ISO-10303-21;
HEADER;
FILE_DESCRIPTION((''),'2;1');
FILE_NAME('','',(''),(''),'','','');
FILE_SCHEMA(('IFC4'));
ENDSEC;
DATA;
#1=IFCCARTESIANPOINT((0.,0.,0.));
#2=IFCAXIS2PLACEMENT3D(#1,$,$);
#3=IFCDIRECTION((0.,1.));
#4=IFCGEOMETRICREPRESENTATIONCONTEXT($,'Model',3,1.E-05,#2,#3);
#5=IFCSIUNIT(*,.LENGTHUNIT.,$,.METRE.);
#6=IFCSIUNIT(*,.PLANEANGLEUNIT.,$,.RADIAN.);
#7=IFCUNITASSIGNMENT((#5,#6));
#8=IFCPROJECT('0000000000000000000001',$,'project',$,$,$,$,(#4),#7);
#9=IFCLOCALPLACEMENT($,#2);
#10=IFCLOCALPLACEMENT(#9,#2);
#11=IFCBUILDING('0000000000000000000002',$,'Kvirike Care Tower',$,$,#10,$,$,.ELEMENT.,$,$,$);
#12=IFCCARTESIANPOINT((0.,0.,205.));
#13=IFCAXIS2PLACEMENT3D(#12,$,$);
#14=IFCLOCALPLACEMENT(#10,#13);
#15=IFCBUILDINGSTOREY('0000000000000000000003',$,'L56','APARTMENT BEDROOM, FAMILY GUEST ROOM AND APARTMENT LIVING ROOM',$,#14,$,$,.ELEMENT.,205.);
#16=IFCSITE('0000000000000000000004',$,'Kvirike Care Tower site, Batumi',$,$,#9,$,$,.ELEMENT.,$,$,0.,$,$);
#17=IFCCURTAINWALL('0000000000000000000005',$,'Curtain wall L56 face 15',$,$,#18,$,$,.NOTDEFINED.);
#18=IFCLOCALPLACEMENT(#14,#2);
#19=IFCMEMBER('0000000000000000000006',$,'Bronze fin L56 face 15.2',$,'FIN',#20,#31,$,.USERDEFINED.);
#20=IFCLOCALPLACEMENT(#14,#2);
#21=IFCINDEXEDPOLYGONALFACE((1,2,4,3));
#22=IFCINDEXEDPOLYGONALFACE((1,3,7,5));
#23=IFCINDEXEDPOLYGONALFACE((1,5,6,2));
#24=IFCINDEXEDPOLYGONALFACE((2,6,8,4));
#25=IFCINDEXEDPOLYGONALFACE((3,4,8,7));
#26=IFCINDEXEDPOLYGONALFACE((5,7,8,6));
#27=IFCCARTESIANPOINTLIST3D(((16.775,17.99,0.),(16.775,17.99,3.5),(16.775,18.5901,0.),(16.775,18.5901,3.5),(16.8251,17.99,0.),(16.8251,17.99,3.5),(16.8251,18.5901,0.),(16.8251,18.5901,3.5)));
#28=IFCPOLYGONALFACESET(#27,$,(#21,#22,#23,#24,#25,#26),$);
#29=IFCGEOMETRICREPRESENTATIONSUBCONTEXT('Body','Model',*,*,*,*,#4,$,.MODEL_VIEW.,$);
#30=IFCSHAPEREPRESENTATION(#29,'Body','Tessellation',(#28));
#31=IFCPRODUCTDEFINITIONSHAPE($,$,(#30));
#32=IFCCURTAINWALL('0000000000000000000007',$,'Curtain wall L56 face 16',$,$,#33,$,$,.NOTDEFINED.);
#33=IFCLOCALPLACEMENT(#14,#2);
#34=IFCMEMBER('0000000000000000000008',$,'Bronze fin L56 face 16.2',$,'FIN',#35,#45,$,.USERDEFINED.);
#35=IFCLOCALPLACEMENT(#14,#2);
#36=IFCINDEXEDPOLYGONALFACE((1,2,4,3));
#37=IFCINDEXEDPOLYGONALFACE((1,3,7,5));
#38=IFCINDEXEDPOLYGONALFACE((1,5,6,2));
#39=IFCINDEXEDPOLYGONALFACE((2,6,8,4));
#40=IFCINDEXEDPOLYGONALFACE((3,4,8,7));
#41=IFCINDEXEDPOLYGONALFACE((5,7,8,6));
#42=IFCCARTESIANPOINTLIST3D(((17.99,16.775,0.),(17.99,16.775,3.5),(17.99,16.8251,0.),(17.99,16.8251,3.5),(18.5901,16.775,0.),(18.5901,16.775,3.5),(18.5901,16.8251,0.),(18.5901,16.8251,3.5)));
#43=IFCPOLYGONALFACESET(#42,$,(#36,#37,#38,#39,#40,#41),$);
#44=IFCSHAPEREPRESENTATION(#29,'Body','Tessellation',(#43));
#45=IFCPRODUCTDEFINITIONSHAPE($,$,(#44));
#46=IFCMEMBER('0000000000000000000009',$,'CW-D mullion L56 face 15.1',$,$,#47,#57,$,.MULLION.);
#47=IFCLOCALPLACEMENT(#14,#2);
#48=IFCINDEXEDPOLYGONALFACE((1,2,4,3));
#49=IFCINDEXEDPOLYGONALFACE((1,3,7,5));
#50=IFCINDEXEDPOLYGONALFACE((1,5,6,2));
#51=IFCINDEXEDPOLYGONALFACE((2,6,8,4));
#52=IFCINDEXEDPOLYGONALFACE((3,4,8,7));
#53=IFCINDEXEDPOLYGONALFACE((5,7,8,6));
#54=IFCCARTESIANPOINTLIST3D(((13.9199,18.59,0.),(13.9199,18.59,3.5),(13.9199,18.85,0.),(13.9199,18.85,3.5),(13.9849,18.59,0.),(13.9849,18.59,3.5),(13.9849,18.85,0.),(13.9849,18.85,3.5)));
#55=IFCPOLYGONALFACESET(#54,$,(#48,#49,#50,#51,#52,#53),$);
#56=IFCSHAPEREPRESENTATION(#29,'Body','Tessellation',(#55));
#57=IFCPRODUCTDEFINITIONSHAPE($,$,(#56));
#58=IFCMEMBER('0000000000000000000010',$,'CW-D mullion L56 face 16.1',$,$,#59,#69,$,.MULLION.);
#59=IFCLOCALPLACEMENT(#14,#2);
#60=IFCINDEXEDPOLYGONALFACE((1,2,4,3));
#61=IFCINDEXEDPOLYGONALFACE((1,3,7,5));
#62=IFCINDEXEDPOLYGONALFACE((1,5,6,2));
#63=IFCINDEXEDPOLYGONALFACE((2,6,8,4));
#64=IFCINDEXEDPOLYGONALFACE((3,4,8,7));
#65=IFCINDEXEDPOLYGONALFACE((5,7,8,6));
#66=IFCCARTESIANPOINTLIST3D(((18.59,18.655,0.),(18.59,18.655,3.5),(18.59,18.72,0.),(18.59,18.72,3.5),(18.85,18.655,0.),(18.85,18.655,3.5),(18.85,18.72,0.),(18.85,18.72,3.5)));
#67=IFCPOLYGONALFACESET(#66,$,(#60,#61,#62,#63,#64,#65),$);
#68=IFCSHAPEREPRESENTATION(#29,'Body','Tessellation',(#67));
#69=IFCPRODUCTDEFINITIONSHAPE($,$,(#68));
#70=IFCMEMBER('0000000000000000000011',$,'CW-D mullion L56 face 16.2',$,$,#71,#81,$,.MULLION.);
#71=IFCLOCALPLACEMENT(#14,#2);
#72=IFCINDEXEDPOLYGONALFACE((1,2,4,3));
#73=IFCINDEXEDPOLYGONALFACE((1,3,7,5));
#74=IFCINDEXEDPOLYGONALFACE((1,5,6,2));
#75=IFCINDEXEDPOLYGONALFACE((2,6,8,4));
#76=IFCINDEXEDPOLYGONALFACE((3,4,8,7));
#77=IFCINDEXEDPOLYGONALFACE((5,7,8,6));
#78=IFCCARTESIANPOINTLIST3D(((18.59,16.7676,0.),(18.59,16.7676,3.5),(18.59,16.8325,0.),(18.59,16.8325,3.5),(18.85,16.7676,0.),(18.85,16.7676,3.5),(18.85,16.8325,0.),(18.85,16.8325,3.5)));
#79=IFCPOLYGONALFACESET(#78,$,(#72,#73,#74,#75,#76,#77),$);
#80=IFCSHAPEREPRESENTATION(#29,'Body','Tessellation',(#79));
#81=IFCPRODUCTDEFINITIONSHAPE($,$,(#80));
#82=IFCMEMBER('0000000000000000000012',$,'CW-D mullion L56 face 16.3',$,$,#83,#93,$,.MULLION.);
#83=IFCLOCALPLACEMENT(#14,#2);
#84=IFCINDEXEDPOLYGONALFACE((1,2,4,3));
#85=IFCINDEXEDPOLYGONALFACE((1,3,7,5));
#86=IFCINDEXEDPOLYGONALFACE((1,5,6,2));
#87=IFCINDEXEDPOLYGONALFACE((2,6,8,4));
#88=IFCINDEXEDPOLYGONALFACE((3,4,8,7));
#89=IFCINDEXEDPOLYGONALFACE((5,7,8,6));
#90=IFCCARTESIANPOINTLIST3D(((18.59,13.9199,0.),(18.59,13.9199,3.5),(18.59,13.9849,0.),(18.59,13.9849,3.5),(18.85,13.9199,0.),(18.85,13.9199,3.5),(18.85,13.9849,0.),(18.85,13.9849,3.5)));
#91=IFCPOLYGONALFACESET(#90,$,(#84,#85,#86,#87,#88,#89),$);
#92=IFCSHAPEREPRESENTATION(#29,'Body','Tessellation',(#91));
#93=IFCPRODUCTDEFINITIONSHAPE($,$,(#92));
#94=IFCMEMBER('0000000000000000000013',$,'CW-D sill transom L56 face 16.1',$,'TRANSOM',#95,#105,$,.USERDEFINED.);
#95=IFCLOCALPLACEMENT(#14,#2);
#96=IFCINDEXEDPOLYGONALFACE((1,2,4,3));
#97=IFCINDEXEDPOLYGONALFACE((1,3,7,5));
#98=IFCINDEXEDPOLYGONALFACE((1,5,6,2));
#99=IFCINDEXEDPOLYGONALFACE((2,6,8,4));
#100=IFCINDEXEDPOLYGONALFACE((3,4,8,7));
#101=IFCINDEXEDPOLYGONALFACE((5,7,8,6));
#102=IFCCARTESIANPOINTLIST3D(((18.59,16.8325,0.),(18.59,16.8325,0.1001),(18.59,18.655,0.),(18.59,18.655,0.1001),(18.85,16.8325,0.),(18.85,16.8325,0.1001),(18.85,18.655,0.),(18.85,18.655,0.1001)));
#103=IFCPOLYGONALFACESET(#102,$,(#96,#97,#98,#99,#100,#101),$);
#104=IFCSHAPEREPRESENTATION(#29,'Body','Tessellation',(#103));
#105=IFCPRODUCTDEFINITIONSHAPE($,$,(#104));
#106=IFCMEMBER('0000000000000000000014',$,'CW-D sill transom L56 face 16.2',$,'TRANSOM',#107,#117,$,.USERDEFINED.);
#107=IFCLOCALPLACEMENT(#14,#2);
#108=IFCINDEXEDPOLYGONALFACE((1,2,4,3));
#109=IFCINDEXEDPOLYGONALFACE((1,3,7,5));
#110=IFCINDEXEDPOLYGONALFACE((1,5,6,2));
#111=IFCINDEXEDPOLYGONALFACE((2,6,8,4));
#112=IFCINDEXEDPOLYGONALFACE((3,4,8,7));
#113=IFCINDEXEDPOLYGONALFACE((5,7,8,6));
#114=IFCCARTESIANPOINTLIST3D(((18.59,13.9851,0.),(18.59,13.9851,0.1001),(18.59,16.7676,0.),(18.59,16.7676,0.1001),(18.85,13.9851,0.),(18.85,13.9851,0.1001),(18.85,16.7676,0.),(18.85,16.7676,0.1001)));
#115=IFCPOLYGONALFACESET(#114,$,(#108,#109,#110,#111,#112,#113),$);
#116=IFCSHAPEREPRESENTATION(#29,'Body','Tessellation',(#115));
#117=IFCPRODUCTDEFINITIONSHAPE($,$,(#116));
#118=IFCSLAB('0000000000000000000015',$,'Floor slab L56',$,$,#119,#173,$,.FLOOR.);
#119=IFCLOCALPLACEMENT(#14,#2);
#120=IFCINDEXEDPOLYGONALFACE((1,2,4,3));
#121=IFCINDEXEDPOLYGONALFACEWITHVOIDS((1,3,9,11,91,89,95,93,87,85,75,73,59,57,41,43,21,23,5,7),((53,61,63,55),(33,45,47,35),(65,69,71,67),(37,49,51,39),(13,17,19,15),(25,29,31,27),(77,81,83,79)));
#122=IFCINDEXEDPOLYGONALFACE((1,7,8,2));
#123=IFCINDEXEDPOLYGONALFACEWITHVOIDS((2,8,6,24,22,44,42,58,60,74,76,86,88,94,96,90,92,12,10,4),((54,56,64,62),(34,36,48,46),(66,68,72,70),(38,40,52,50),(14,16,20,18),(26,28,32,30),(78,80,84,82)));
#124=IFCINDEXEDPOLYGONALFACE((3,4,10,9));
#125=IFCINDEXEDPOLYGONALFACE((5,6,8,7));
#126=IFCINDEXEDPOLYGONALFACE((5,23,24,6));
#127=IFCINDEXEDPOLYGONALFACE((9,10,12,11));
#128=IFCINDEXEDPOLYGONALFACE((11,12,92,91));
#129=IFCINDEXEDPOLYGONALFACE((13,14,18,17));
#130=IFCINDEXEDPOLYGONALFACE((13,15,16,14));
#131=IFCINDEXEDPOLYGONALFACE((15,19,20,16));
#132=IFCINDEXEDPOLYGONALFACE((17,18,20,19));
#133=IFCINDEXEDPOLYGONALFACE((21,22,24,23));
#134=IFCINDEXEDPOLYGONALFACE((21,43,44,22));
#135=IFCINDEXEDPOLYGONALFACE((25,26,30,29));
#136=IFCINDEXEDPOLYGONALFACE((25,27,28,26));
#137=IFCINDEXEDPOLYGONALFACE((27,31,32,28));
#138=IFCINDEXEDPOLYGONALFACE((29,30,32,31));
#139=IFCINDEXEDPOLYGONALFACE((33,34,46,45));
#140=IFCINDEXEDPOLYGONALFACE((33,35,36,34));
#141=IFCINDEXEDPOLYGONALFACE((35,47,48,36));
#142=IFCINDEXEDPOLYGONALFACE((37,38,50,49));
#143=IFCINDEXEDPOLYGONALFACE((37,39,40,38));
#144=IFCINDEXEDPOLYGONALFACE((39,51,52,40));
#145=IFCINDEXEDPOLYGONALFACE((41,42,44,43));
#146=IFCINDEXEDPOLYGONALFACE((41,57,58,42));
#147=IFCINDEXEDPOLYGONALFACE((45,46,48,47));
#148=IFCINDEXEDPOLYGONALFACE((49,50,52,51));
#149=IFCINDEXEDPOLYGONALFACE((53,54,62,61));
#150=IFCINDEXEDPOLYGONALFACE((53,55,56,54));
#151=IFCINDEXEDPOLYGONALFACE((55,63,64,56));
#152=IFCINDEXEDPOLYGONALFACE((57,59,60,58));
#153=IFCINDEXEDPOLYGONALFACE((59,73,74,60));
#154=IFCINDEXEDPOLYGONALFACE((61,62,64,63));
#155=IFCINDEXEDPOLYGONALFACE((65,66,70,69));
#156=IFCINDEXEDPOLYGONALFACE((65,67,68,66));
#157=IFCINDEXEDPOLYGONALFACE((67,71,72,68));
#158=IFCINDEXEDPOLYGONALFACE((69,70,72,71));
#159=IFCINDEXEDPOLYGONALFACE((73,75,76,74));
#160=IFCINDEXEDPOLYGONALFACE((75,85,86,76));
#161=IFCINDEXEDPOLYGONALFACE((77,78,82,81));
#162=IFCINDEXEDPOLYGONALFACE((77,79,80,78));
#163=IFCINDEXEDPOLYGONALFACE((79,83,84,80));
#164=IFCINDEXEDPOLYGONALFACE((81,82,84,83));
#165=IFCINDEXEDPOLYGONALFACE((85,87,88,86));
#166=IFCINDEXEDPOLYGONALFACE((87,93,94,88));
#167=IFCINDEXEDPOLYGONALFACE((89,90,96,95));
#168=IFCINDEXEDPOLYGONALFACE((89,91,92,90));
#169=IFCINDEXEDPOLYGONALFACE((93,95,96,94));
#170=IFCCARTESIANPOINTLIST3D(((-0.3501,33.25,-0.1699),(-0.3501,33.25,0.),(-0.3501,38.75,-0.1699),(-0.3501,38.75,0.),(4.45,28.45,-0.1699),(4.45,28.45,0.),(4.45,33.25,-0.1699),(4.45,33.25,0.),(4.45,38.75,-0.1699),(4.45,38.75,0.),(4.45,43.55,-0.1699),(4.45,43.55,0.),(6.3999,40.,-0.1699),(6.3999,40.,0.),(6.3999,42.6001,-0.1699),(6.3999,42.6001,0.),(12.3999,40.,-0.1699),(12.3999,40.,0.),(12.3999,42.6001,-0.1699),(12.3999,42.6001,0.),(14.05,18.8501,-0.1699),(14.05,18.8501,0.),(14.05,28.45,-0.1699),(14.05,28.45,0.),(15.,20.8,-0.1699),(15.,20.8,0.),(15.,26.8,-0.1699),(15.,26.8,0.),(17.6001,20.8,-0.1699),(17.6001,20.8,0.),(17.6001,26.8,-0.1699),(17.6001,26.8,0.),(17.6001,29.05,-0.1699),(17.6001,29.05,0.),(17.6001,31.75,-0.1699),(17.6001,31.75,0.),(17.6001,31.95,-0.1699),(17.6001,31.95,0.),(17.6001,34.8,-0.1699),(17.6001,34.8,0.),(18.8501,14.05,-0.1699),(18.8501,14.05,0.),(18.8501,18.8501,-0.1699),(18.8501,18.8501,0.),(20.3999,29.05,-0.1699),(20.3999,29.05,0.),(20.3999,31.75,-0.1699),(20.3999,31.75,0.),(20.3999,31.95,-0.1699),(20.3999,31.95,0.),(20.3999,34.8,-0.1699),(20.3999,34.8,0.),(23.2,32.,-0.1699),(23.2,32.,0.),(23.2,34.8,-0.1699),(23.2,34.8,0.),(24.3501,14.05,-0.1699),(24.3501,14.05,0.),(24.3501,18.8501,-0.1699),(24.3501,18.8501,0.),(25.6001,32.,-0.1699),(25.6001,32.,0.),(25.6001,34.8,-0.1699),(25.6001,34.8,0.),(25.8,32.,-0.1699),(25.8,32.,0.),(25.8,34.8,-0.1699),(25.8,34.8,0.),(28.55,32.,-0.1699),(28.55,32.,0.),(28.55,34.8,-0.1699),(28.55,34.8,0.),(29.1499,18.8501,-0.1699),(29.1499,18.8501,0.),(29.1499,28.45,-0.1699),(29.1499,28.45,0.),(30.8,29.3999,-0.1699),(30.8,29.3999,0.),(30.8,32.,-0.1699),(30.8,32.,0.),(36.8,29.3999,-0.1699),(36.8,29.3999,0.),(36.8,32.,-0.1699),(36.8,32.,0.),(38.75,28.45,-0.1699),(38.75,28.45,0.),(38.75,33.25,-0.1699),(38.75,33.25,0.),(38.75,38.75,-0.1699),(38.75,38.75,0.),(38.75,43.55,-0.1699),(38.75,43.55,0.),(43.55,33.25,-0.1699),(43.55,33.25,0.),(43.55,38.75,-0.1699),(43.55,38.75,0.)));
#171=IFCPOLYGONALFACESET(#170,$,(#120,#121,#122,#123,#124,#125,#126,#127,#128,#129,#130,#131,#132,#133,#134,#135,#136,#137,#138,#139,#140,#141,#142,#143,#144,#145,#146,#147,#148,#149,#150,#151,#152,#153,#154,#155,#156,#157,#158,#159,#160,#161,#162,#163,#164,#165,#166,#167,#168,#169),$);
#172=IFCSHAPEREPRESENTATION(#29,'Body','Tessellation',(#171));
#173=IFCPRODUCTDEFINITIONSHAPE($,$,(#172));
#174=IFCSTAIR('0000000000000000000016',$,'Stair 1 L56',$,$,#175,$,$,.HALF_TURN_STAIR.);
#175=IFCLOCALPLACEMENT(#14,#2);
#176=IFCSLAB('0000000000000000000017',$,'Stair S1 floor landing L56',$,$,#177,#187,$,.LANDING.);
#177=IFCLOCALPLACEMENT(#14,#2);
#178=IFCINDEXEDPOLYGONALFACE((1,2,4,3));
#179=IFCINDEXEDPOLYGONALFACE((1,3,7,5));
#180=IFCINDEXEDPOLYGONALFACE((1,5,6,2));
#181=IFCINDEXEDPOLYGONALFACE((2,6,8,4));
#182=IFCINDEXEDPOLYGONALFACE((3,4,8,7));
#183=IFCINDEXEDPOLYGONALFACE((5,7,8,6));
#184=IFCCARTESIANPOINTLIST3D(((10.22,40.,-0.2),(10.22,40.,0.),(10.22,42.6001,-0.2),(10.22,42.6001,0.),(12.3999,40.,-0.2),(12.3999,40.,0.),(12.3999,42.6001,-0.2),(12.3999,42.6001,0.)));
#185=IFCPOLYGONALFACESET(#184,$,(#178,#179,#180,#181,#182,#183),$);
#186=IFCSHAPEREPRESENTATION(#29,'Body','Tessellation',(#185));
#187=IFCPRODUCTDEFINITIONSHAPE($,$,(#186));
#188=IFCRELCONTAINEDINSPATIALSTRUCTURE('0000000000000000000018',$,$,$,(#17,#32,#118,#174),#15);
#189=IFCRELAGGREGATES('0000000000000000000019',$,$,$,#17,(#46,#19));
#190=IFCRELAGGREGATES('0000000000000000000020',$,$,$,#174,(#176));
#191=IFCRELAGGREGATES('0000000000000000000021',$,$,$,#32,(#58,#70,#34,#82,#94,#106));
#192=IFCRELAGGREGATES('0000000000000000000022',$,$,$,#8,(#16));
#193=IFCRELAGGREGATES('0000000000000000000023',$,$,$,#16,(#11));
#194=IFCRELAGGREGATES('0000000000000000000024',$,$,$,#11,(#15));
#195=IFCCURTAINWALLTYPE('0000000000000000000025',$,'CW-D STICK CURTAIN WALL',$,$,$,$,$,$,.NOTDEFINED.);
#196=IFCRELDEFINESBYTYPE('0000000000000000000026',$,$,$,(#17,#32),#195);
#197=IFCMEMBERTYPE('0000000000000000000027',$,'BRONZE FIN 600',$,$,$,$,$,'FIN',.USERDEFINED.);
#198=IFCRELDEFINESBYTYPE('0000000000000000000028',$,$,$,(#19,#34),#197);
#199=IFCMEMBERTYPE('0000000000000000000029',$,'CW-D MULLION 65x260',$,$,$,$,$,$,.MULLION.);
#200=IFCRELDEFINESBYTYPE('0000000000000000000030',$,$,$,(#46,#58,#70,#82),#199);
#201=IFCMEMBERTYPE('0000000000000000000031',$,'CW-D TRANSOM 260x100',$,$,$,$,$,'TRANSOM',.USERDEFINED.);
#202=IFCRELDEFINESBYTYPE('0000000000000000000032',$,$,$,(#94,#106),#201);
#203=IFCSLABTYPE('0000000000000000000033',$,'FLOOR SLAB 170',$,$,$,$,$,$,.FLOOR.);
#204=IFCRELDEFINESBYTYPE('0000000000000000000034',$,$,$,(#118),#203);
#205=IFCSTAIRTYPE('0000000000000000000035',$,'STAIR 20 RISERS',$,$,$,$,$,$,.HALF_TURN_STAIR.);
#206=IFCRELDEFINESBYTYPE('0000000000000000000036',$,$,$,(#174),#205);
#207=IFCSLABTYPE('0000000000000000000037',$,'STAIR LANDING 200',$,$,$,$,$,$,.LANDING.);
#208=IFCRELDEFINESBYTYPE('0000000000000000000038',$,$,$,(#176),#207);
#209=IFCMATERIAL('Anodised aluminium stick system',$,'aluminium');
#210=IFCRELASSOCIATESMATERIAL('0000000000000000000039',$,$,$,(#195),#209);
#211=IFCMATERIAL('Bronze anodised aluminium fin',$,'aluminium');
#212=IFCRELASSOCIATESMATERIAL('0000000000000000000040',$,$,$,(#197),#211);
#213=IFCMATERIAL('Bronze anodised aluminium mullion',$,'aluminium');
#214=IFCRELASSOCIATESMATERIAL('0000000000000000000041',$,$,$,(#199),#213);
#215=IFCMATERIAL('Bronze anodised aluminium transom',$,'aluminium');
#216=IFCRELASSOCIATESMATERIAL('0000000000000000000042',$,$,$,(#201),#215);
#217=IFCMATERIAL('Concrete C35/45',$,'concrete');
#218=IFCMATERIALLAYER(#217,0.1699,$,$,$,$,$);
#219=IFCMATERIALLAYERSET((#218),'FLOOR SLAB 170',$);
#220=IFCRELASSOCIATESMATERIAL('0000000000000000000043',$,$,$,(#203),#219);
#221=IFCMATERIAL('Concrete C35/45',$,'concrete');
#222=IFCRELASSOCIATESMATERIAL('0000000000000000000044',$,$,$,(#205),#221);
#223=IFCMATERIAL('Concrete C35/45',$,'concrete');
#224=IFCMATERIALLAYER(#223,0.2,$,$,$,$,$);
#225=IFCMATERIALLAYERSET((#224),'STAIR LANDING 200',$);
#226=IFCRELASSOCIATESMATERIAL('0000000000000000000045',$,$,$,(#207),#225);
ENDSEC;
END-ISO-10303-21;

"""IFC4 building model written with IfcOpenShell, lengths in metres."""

from ifc_helpers import new_model, si_unit, direction, frame, origin, origin_2d, place, context, subcontext, project, spatial, polyline, rectangle, outline, extrude, material, layer, layer_set, material_profile, profile_set, type_object, element, aggregate, save


model = new_model("IFC4")

# Units and contexts
model_context = context("Model", 3, precision=1e-05, world=origin(), true_north=direction((0.0, 1.0)))
body_context = subcontext(model_context, "Body", "Model", "MODEL_VIEW")
ifc_project = project(units=[si_unit("LENGTHUNIT", "METRE"), si_unit("PLANEANGLEUNIT", "RADIAN")], contexts=[model_context])

# Site, building, storey
site_placement = place(None, origin())
site = spatial("IfcSite", under=ifc_project, at=site_placement, Name="Kvirike Care Tower site, Batumi", CompositionType="ELEMENT", RefElevation=0.0)
building_placement = place(site_placement, origin())
building = spatial("IfcBuilding", under=site, at=building_placement, Name="Kvirike Care Tower", CompositionType="ELEMENT")
storey_placement = place(building_placement, frame((0.0, 0.0, 205.0)))
storey = spatial("IfcBuildingStorey", under=building, at=storey_placement, Name="L56", Description="APARTMENT BEDROOM, FAMILY GUEST ROOM AND APARTMENT LIVING ROOM", CompositionType="ELEMENT", Elevation=205.0)

# Curtain walls, members
ifc_material_1 = material(Name="Anodised aluminium stick system", Category="aluminium")
curtain_wall_type = type_object("IfcCurtainWallType", Name="CW-D STICK CURTAIN WALL", PredefinedType="NOTDEFINED", material=ifc_material_1)
curtain_wall_1_placement = place(storey_placement, origin())
curtain_wall_1 = element("IfcCurtainWall", 1, at=curtain_wall_1_placement, inside=storey, type_object=curtain_wall_type, Name="Curtain wall L56 face 15", PredefinedType="NOTDEFINED")
ifc_material_2 = material(Name="Bronze anodised aluminium fin", Category="aluminium")
ifc_material_profile_1 = material_profile(ifc_material_2, rectangle(XDim=0.05, YDim=0.6001, at=origin_2d()), Name="BRONZE FIN 600")
ifc_profile_set_1 = profile_set([ifc_material_profile_1], Name="Bronze anodised aluminium fin")
member_type_1 = type_object("IfcMemberType", Name="BRONZE FIN 600", ElementType="FIN", PredefinedType="USERDEFINED", material=ifc_profile_set_1)
member_1_placement = place(storey_placement, frame((16.8, 18.29, 0.0), z_axis=(0.0, 0.0, 1.0), x_axis=(1.0, 0.0, 0.0)))
member_1 = element("IfcMember", 2, at=member_1_placement, type_object=member_type_1, Name="Bronze fin L56 face 15.2", ObjectType="FIN", PredefinedType="USERDEFINED", context=body_context, shape_type="SweptSolid", body=[
    extrude(rectangle(XDim=0.05, YDim=0.6001, at=origin_2d()), origin(), (0.0, 0.0, 1.0), 3.5),
])
curtain_wall_2_placement = place(storey_placement, origin())
curtain_wall_2 = element("IfcCurtainWall", 3, at=curtain_wall_2_placement, inside=storey, type_object=curtain_wall_type, Name="Curtain wall L56 face 16", PredefinedType="NOTDEFINED")
member_2_placement = place(storey_placement, frame((18.29, 16.8, 0.0), z_axis=(0.0, 0.0, 1.0), x_axis=(0.0, -1.0, 0.0)))
member_2 = element("IfcMember", 4, at=member_2_placement, type_object=member_type_1, Name="Bronze fin L56 face 16.2", ObjectType="FIN", PredefinedType="USERDEFINED", context=body_context, shape_type="SweptSolid", body=[
    extrude(rectangle(XDim=0.05, YDim=0.6001, at=origin_2d()), origin(), (0.0, 0.0, 1.0), 3.5),
])

# Members
ifc_material_3 = material(Name="Bronze anodised aluminium mullion", Category="aluminium")
ifc_material_profile_2 = material_profile(ifc_material_3, rectangle(XDim=0.0649, YDim=0.26, at=origin_2d()), Name="CW-D MULLION 65x260")
ifc_profile_set_2 = profile_set([ifc_material_profile_2], Name="Bronze anodised aluminium mullion")
member_type_2 = type_object("IfcMemberType", Name="CW-D MULLION 65x260", PredefinedType="MULLION", material=ifc_profile_set_2)
member_3_placement = place(storey_placement, frame((13.9524, 18.72, 0.0), z_axis=(0.0, 0.0, 1.0), x_axis=(1.0, 0.0, 0.0)))
member_3 = element("IfcMember", 5, at=member_3_placement, type_object=member_type_2, Name="CW-D mullion L56 face 15.1", PredefinedType="MULLION", context=body_context, shape_type="SweptSolid", body=[
    extrude(rectangle(XDim=0.0649, YDim=0.26, at=origin_2d()), origin(), (0.0, 0.0, 1.0), 3.5),
])
aggregate(curtain_wall_1, [member_3, member_1])
member_4_placement = place(storey_placement, frame((18.72, 18.6875, 0.0), z_axis=(0.0, 0.0, 1.0), x_axis=(0.0, -1.0, 0.0)))
member_4 = element("IfcMember", 6, at=member_4_placement, type_object=member_type_2, Name="CW-D mullion L56 face 16.1", PredefinedType="MULLION", context=body_context, shape_type="SweptSolid", body=[
    extrude(rectangle(XDim=0.0649, YDim=0.26, at=origin_2d()), origin(), (0.0, 0.0, 1.0), 3.5),
])
member_5_placement = place(storey_placement, frame((18.72, 16.8, 0.0), z_axis=(0.0, 0.0, 1.0), x_axis=(0.0, -1.0, 0.0)))
member_5 = element("IfcMember", 7, at=member_5_placement, type_object=member_type_2, Name="CW-D mullion L56 face 16.2", PredefinedType="MULLION", context=body_context, shape_type="SweptSolid", body=[
    extrude(rectangle(XDim=0.0649, YDim=0.26, at=origin_2d()), origin(), (0.0, 0.0, 1.0), 3.5),
])
member_6_placement = place(storey_placement, frame((18.72, 13.9524, 0.0), z_axis=(0.0, 0.0, 1.0), x_axis=(0.0, -1.0, 0.0)))
member_6 = element("IfcMember", 8, at=member_6_placement, type_object=member_type_2, Name="CW-D mullion L56 face 16.3", PredefinedType="MULLION", context=body_context, shape_type="SweptSolid", body=[
    extrude(rectangle(XDim=0.0649, YDim=0.26, at=origin_2d()), origin(), (0.0, 0.0, 1.0), 3.5),
])
ifc_material_4 = material(Name="Bronze anodised aluminium transom", Category="aluminium")
ifc_material_profile_3 = material_profile(ifc_material_4, rectangle(XDim=0.26, YDim=0.1001, at=origin_2d()), Name="CW-D TRANSOM 260x100")
ifc_profile_set_3 = profile_set([ifc_material_profile_3], Name="Bronze anodised aluminium transom")
member_type_3 = type_object("IfcMemberType", Name="CW-D TRANSOM 260x100", ElementType="TRANSOM", PredefinedType="USERDEFINED", material=ifc_profile_set_3)
member_7_placement = place(storey_placement, frame((18.72, 18.655, 0.05), z_axis=(0.0, -1.0, 0.0), x_axis=(1.0, 0.0, 0.0)))
member_7 = element("IfcMember", 9, at=member_7_placement, type_object=member_type_3, Name="CW-D sill transom L56 face 16.1", ObjectType="TRANSOM", PredefinedType="USERDEFINED", context=body_context, shape_type="SweptSolid", body=[
    extrude(rectangle(XDim=0.26, YDim=0.1001, at=origin_2d()), origin(), (0.0, 0.0, 1.0), 1.8225),
])
member_8_placement = place(storey_placement, frame((18.72, 16.7676, 0.05), z_axis=(0.0, -1.0, 0.0), x_axis=(1.0, 0.0, 0.0)))
member_8 = element("IfcMember", 10, at=member_8_placement, type_object=member_type_3, Name="CW-D sill transom L56 face 16.2", ObjectType="TRANSOM", PredefinedType="USERDEFINED", context=body_context, shape_type="SweptSolid", body=[
    extrude(rectangle(XDim=0.26, YDim=0.1001, at=origin_2d()), origin(), (0.0, 0.0, 1.0), 2.7825),
])

# Slab
ifc_material_5 = material(Name="Concrete C35/45", Category="concrete")
ifc_layer_1 = layer(ifc_material_5, 0.1699)
ifc_layer_set_1 = layer_set([ifc_layer_1], Name="FLOOR SLAB 170")
slab_type_1 = type_object("IfcSlabType", Name="FLOOR SLAB 170", PredefinedType="FLOOR", material=ifc_layer_set_1)
slab_1_placement = place(storey_placement, frame((0.0, 0.0, -0.1699)))
element("IfcSlab", 11, at=slab_1_placement, inside=storey, type_object=slab_type_1, Name="Floor slab L56", PredefinedType="FLOOR", context=body_context, shape_type="SweptSolid", body=[
    extrude(outline(polyline([(29.1499, 28.45), (38.75, 28.45), (38.75, 33.25), (43.55, 33.25), (43.55, 38.75), (38.75, 38.75), (38.75, 43.55), (4.45, 43.55), (4.45, 38.75), (-0.3501, 38.75), (-0.3501, 33.25), (4.45, 33.25), (4.45, 28.45), (14.05, 28.45), (14.05, 18.8501), (18.8501, 18.8501), (18.8501, 14.05), (24.3501, 14.05), (24.3501, 18.8501), (29.1499, 18.8501), (29.1499, 28.45)]), holes=[polyline([(17.6001, 29.05), (17.6001, 31.75), (20.3999, 31.75), (20.3999, 29.05), (17.6001, 29.05)]), polyline([(17.6001, 31.95), (17.6001, 34.8), (20.3999, 34.8), (20.3999, 31.95), (17.6001, 31.95)]), polyline([(23.2, 32.0), (23.2, 34.8), (25.6001, 34.8), (25.6001, 32.0), (23.2, 32.0)]), polyline([(25.8, 32.0), (25.8, 34.8), (28.55, 34.8), (28.55, 32.0), (25.8, 32.0)]), polyline([(12.3999, 42.6001), (12.3999, 40.0), (6.3999, 40.0), (6.3999, 42.6001), (12.3999, 42.6001)]), polyline([(30.8, 29.3999), (30.8, 32.0), (36.8, 32.0), (36.8, 29.3999), (30.8, 29.3999)]), polyline([(15.0, 26.8), (17.6001, 26.8), (17.6001, 20.8), (15.0, 20.8), (15.0, 26.8)])]), origin(), (0.0, 0.0, 1.0), 0.1699),
])

# Stair, slab
ifc_material_6 = material(Name="Concrete C35/45", Category="concrete")
stair_type = type_object("IfcStairType", Name="STAIR 20 RISERS", PredefinedType="HALF_TURN_STAIR", material=ifc_material_6)
stair_1_placement = place(storey_placement, origin())
stair_1 = element("IfcStair", 12, at=stair_1_placement, inside=storey, type_object=stair_type, Name="Stair 1 L56", PredefinedType="HALF_TURN_STAIR")
ifc_material_7 = material(Name="Concrete C35/45", Category="concrete")
ifc_layer_2 = layer(ifc_material_7, 0.2)
ifc_layer_set_2 = layer_set([ifc_layer_2], Name="STAIR LANDING 200")
slab_type_2 = type_object("IfcSlabType", Name="STAIR LANDING 200", PredefinedType="LANDING", material=ifc_layer_set_2)
slab_2_placement = place(storey_placement, frame((0.0, 0.0, -0.2)))
slab_2 = element("IfcSlab", 13, at=slab_2_placement, type_object=slab_type_2, Name="Stair S1 floor landing L56", PredefinedType="LANDING", context=body_context, shape_type="SweptSolid", body=[
    extrude(outline(polyline([(10.22, 42.6001), (10.22, 40.0), (12.3999, 40.0), (12.3999, 42.6001), (10.22, 42.6001)])), origin(), (0.0, 0.0, 1.0), 0.2),
])
aggregate(stair_1, [slab_2])

aggregate(curtain_wall_2, [member_4, member_5, member_2, member_6, member_7, member_8])

save(model, "model.ifc")
